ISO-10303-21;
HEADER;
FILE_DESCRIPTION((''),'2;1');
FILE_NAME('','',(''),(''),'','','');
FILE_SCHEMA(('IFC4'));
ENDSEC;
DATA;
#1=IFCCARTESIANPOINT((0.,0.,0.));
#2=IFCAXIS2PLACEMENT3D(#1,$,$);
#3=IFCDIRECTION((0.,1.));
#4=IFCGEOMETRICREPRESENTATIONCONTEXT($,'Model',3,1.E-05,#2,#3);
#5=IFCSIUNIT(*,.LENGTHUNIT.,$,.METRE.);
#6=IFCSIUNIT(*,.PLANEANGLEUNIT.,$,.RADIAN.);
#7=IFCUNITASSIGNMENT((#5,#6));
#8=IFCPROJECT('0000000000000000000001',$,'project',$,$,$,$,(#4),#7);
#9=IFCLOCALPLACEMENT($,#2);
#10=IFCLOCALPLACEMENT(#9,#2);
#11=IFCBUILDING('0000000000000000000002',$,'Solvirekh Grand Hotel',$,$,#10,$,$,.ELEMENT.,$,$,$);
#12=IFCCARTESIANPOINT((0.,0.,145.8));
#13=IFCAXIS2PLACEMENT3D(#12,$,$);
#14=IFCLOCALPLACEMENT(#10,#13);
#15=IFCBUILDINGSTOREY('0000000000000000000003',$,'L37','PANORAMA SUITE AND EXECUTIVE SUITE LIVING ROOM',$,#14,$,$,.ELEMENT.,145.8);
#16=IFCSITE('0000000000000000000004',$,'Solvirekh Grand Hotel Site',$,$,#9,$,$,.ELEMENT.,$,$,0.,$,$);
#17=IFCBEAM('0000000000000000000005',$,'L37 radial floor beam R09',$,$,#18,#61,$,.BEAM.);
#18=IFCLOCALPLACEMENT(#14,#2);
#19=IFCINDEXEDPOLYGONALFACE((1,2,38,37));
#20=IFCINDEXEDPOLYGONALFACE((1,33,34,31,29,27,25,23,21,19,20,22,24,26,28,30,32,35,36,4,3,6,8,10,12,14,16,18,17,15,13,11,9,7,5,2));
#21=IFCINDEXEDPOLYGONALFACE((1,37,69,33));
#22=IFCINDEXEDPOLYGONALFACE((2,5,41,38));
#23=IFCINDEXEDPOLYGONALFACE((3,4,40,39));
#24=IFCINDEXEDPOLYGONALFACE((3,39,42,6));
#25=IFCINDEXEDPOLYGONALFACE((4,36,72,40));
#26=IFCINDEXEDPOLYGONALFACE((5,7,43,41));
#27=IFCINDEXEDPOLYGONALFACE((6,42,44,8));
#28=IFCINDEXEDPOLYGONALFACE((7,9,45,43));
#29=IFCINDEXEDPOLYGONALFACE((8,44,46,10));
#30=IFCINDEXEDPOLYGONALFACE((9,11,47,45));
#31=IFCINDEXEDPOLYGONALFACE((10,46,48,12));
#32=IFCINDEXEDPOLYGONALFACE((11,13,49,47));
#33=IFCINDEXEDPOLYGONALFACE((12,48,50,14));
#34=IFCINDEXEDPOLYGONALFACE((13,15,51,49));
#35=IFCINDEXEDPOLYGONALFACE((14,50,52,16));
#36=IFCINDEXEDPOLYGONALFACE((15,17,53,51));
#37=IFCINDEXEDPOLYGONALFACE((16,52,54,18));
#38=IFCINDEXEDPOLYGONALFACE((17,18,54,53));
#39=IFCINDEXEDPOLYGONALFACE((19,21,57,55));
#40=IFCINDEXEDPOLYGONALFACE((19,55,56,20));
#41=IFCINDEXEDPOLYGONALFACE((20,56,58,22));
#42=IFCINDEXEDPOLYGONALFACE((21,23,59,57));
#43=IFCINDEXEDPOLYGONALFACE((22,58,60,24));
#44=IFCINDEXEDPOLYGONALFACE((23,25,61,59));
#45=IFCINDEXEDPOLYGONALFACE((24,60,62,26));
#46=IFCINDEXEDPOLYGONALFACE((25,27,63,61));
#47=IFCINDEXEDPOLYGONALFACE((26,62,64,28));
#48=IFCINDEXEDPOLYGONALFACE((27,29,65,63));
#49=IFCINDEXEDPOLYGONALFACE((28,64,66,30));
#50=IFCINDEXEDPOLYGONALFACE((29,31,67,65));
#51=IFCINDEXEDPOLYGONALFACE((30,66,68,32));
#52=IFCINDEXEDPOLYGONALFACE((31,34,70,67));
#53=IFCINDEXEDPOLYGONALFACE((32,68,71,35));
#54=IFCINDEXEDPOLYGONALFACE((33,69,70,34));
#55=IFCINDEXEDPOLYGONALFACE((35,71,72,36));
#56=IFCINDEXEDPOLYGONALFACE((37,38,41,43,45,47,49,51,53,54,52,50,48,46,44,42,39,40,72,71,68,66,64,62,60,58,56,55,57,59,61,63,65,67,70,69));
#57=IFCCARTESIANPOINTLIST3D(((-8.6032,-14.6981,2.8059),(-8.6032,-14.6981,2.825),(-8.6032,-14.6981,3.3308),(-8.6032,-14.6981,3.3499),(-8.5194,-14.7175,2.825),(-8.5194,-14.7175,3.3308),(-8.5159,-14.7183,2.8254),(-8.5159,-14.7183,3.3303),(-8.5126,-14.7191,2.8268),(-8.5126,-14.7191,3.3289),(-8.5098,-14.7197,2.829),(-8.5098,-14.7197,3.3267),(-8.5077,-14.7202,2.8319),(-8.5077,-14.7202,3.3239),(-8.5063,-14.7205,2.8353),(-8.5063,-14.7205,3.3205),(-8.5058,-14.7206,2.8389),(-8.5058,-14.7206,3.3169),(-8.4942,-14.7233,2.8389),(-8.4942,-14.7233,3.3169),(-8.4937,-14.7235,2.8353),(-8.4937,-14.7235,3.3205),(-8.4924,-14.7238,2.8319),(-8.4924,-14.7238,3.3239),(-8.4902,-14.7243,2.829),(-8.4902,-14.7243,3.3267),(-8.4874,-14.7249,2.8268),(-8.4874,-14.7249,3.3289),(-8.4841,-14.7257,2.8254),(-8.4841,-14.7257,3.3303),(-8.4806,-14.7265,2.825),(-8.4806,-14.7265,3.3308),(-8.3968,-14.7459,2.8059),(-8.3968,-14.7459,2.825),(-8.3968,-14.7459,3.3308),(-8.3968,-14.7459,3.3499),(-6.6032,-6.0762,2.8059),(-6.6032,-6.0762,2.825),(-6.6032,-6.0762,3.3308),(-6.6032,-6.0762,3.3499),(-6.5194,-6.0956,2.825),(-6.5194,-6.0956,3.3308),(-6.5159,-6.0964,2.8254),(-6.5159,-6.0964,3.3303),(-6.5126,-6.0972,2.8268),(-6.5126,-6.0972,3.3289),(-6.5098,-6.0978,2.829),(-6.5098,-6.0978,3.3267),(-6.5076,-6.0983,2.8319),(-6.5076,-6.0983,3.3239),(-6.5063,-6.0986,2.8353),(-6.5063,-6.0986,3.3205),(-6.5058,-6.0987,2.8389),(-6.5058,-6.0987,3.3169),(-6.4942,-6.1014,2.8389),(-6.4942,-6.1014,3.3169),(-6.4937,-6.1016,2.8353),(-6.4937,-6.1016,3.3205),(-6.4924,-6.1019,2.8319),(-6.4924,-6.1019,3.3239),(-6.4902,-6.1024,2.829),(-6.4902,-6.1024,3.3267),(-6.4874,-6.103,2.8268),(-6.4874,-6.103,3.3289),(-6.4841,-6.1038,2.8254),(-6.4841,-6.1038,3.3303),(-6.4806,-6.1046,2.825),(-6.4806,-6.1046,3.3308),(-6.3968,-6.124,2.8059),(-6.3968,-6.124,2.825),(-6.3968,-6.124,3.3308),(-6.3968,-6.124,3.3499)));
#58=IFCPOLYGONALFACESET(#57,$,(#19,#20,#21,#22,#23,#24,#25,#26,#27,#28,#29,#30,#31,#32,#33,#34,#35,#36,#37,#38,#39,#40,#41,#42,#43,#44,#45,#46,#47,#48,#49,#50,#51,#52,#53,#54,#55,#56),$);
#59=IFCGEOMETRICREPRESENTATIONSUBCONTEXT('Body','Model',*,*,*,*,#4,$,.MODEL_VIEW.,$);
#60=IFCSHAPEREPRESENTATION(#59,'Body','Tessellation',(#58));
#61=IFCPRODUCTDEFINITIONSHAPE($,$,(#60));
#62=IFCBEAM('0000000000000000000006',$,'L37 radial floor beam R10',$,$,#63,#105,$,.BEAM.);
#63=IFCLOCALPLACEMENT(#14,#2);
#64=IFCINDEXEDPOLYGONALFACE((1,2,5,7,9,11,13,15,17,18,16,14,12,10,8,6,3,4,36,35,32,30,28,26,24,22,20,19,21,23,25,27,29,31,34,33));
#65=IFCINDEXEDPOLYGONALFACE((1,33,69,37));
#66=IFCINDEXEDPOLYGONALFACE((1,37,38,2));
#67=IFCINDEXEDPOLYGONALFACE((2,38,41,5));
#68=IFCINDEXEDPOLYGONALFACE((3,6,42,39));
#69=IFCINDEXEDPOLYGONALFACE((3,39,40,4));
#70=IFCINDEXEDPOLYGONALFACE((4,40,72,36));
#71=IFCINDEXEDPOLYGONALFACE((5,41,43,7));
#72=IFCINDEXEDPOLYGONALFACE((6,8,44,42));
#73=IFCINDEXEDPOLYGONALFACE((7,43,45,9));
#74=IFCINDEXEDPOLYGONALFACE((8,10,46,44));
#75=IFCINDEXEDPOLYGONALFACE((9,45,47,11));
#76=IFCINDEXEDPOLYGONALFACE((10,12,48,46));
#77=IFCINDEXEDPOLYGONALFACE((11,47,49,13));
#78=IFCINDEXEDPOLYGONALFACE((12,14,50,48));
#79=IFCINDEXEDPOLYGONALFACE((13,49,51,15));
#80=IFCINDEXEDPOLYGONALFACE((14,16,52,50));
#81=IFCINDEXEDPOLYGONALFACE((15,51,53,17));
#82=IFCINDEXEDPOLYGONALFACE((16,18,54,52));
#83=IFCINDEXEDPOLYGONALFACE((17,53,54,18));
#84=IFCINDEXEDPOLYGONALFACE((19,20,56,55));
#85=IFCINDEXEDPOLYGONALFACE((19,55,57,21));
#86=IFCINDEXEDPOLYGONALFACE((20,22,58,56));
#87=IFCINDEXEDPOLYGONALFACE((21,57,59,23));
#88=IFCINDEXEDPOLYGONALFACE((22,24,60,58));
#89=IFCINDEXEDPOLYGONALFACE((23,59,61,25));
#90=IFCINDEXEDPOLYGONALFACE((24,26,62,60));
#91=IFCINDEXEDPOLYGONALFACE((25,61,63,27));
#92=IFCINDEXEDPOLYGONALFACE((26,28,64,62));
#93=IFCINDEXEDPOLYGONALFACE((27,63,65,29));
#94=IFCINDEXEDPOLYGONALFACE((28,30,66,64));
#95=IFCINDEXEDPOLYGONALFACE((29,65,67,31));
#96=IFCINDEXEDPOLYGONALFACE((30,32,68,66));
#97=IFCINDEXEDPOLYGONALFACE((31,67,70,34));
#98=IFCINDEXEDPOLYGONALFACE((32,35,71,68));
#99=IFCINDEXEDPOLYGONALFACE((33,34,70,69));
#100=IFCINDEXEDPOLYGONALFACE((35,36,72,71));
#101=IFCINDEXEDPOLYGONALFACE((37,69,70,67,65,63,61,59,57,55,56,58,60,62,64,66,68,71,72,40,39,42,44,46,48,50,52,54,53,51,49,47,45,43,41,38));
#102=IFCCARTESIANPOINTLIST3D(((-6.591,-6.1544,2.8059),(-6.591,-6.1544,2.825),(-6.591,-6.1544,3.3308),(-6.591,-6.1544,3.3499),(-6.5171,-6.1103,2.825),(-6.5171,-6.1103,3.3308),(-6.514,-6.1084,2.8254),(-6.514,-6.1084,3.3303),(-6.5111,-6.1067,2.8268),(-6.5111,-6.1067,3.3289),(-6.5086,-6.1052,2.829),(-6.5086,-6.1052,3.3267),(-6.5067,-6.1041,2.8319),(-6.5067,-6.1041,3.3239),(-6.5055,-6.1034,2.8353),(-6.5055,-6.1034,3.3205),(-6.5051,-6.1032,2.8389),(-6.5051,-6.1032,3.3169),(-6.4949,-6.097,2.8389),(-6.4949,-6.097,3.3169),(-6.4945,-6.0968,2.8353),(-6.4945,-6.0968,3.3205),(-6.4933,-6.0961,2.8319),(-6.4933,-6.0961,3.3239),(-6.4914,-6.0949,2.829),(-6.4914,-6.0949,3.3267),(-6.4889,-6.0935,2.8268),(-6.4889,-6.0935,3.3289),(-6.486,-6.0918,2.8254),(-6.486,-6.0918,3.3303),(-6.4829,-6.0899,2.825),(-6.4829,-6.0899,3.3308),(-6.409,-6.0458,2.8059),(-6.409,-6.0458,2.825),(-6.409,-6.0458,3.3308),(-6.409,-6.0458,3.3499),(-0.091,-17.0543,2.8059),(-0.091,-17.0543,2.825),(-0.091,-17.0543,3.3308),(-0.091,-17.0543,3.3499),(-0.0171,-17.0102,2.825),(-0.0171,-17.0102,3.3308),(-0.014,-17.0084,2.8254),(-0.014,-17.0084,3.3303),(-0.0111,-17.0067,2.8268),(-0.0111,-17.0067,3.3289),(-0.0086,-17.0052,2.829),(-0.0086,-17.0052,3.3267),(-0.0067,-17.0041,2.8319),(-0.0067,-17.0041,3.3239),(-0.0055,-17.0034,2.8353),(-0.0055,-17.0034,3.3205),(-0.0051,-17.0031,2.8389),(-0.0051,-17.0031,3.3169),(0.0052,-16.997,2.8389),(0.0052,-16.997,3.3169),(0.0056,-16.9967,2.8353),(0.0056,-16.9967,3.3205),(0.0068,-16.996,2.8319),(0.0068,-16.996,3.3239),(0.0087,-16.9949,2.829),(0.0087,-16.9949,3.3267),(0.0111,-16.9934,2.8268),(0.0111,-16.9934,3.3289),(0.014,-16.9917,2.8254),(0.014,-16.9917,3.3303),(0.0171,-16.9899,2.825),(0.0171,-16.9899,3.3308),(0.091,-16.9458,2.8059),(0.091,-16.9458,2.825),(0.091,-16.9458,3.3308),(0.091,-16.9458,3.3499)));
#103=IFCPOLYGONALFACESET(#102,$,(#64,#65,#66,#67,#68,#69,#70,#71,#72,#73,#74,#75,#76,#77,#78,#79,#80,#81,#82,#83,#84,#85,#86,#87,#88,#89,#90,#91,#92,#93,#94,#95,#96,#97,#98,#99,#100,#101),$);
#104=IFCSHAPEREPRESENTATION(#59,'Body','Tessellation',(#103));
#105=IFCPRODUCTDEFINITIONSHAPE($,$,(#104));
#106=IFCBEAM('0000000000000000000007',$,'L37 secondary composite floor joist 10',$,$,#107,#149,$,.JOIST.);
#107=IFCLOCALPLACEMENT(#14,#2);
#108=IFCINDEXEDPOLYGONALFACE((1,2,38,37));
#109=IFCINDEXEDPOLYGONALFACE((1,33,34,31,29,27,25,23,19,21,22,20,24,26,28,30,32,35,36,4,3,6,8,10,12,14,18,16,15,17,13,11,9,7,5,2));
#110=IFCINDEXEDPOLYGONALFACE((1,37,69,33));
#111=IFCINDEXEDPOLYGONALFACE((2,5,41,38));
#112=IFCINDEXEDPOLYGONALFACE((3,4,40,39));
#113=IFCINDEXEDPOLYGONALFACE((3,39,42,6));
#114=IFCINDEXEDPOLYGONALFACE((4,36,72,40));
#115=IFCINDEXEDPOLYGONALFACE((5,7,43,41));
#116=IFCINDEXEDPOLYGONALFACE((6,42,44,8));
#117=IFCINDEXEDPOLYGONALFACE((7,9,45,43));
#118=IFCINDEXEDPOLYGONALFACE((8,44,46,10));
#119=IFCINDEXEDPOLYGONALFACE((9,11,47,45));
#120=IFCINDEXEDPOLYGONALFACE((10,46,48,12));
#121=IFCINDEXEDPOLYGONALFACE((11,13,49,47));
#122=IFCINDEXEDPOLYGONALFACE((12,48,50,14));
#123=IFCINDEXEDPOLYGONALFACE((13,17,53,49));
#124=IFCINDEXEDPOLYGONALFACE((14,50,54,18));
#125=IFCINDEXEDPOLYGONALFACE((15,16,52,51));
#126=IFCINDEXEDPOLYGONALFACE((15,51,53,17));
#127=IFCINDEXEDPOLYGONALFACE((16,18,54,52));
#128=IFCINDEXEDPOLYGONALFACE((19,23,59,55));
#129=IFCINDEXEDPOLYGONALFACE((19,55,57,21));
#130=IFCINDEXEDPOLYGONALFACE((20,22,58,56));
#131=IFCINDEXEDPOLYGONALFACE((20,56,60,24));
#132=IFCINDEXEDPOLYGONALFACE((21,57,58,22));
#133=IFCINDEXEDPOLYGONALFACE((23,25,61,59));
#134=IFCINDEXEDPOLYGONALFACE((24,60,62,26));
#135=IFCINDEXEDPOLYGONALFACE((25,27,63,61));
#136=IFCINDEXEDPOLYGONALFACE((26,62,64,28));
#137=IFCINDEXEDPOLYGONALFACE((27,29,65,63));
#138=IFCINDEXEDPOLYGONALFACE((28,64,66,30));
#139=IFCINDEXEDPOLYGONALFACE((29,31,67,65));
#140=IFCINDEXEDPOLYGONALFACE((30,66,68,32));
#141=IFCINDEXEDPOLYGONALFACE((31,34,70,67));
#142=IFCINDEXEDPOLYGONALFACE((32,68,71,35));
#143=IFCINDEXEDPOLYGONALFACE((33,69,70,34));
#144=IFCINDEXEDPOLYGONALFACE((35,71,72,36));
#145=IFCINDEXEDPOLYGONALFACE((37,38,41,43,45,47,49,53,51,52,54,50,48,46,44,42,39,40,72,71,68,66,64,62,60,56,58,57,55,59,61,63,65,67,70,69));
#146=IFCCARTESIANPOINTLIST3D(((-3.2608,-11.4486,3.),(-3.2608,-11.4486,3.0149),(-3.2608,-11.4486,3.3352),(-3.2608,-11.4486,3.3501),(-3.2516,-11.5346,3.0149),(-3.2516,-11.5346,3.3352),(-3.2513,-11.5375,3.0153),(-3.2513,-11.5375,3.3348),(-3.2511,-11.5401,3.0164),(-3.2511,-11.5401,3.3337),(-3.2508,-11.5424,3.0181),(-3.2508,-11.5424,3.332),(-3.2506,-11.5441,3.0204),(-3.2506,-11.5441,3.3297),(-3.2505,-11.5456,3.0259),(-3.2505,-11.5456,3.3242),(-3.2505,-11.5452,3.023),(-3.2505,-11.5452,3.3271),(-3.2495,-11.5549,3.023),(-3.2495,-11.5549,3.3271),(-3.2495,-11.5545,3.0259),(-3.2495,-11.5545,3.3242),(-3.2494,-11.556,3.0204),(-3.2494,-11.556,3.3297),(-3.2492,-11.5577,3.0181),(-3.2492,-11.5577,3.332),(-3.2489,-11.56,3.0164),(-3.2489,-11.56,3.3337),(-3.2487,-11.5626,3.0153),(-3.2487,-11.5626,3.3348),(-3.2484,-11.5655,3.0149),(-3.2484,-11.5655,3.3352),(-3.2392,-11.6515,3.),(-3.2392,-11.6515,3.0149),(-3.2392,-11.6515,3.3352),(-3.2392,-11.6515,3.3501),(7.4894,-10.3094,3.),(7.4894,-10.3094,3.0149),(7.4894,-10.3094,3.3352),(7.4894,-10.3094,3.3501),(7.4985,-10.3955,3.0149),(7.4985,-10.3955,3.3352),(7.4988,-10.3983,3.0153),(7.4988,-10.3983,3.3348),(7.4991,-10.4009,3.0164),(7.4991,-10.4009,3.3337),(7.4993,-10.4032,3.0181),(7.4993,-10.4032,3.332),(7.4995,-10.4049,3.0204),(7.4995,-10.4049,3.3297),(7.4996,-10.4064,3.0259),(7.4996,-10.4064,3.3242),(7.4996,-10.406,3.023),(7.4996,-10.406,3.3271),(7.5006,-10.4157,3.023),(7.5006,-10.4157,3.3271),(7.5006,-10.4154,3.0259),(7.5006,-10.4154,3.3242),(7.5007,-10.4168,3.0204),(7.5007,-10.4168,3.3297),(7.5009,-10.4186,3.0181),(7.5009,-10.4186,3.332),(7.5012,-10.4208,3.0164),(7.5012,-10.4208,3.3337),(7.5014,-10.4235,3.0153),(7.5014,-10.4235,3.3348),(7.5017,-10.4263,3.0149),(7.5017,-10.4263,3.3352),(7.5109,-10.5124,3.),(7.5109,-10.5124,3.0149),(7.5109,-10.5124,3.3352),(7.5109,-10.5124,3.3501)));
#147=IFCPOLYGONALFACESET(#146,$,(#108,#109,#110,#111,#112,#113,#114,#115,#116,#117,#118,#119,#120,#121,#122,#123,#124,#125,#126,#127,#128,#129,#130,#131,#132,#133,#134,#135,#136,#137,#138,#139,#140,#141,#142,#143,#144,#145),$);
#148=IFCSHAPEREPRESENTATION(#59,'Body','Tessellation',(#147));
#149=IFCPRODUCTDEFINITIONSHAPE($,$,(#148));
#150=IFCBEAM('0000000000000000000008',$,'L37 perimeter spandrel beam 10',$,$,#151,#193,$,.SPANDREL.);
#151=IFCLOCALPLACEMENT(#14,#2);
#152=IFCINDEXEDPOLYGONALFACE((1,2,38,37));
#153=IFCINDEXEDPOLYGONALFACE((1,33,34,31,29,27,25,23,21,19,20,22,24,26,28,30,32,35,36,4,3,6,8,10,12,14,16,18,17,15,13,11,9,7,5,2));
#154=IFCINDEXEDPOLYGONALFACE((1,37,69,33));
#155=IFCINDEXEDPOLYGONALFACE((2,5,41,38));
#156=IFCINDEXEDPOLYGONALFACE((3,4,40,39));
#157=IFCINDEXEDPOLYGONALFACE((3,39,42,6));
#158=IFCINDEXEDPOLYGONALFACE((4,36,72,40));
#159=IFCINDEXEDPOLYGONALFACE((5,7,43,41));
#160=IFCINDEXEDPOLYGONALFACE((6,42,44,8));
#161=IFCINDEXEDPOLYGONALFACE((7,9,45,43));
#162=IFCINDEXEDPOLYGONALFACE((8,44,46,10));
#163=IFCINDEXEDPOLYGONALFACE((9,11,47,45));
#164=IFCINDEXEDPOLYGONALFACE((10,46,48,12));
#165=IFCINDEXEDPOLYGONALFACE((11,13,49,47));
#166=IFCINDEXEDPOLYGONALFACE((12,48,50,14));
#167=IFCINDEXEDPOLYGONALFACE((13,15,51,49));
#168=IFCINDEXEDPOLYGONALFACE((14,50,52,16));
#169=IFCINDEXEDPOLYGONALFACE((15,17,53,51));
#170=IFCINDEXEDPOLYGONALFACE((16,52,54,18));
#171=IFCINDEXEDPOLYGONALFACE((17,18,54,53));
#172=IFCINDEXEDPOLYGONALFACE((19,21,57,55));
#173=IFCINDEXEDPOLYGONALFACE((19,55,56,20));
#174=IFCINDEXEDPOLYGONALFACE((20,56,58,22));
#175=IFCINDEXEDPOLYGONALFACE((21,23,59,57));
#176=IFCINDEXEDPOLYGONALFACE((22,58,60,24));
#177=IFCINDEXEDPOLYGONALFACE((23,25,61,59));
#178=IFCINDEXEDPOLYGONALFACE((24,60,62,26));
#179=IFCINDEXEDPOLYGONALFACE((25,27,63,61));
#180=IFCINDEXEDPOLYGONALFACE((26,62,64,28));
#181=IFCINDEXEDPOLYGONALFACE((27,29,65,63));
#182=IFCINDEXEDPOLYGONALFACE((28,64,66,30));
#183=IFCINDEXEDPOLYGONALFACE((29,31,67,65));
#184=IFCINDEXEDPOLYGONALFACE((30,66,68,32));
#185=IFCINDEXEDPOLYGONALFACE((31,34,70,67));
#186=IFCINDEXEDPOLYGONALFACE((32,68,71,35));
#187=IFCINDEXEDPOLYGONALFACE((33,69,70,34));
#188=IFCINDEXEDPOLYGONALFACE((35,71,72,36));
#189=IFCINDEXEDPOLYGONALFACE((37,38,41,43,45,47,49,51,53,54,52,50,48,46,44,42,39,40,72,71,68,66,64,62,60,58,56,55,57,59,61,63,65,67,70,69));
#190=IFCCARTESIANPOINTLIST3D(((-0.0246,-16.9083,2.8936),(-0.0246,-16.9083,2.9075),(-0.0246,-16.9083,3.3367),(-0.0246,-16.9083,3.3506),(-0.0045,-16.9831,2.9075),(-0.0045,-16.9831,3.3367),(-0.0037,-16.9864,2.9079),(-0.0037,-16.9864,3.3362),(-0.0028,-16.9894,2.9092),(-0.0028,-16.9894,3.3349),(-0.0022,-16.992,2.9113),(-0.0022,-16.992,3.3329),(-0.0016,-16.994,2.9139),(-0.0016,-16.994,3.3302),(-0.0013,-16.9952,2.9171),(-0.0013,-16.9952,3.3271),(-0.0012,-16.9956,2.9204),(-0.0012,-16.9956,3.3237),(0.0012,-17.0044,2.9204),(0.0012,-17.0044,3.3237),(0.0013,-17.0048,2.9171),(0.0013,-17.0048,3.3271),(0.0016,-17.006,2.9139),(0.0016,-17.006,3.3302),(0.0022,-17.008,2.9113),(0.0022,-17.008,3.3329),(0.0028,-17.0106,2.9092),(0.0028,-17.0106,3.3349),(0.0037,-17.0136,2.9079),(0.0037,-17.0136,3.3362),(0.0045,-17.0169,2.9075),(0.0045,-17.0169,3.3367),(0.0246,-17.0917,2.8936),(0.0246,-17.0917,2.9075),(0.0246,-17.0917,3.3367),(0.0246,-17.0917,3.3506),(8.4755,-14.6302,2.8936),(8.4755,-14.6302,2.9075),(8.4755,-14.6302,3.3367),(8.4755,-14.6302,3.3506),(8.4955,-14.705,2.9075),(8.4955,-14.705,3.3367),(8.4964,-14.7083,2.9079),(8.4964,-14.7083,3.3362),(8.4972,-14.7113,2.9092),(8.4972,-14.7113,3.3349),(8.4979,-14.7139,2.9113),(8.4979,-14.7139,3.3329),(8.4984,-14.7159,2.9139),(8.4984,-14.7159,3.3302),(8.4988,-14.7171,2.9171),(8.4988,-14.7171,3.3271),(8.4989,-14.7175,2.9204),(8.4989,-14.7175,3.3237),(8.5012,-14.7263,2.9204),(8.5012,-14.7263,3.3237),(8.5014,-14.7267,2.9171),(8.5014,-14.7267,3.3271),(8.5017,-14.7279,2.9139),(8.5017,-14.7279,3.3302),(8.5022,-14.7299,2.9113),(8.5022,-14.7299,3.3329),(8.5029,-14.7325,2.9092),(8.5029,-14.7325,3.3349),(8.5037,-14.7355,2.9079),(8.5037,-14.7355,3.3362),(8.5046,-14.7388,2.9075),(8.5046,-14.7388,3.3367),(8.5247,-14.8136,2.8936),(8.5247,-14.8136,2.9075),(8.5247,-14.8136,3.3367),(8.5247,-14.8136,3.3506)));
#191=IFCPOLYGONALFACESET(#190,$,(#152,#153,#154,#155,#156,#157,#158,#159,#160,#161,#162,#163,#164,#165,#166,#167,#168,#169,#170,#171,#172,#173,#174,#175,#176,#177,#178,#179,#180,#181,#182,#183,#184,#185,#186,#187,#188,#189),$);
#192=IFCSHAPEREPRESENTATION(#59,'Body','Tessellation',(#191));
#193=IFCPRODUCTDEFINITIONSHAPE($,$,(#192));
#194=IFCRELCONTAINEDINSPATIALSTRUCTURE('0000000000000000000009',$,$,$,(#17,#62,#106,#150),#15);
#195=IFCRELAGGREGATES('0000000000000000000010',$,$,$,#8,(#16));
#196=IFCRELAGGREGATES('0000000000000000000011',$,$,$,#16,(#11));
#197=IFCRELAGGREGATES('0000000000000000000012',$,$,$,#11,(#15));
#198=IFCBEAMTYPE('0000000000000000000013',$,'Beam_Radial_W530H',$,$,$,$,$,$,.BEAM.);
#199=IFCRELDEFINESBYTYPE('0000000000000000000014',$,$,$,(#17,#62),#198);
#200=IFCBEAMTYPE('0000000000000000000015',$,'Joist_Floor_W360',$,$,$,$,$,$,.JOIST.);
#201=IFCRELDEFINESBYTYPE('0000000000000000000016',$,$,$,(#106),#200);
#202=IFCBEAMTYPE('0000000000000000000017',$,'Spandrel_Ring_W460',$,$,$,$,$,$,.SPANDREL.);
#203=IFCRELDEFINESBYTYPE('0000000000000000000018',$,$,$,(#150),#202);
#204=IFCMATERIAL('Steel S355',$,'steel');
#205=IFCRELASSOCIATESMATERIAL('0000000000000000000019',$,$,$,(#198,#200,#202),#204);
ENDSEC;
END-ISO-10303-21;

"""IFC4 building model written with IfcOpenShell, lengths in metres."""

from ifc_helpers import new_model, si_unit, direction, frame, origin, origin_2d, place, context, subcontext, project, spatial, i_section, extrude, material, material_profile, profile_set, type_object, element, save


model = new_model("IFC4")

# Units and contexts
model_context = context("Model", 3, precision=1e-05, world=origin(), true_north=direction((0.0, 1.0)))
body_context = subcontext(model_context, "Body", "Model", "MODEL_VIEW")
ifc_project = project(units=[si_unit("LENGTHUNIT", "METRE"), si_unit("PLANEANGLEUNIT", "RADIAN")], contexts=[model_context])

# Site, building, storey
site_placement = place(None, origin())
site = spatial("IfcSite", under=ifc_project, at=site_placement, Name="Solvirekh Grand Hotel Site", CompositionType="ELEMENT", RefElevation=0.0)
building_placement = place(site_placement, origin())
building = spatial("IfcBuilding", under=site, at=building_placement, Name="Solvirekh Grand Hotel", CompositionType="ELEMENT")
storey_placement = place(building_placement, frame((0.0, 0.0, 145.8)))
storey = spatial("IfcBuildingStorey", under=building, at=storey_placement, Name="L37", Description="PANORAMA SUITE AND EXECUTIVE SUITE LIVING ROOM", CompositionType="ELEMENT", Elevation=145.8)

# Beams
ifc_material_1 = material(Name="Steel S355", Category="steel")
ifc_material_profile_1 = material_profile(ifc_material_1, i_section(OverallWidth=0.2119, OverallDepth=0.5439, WebThickness=0.012, FlangeThickness=0.019, FilletRadius=0.0139, at=origin_2d()), Name="W530X123")
ifc_profile_set_1 = profile_set([ifc_material_profile_1], Name="Steel S355")
beam_type_1 = type_object("IfcBeamType", Name="Beam_Radial_W530H", PredefinedType="BEAM", material=ifc_profile_set_1)
beam_1_placement = place(storey_placement, frame((-6.5, -6.1001, 3.0779), z_axis=(-0.225969, -0.974134, 0.0), x_axis=(0.974134, -0.225969, 0.0)))
element("IfcBeam", 1, at=beam_1_placement, inside=storey, type_object=beam_type_1, Name="L37 radial floor beam R09", PredefinedType="BEAM", context=body_context, shape_type="SweptSolid", body=[
    extrude(i_section(OverallWidth=0.2119, OverallDepth=0.5439, WebThickness=0.012, FlangeThickness=0.019, FilletRadius=0.0139, at=origin_2d()), origin(), (0.0, 0.0, 1.0), 8.8508),
])
beam_2_placement = place(storey_placement, frame((-6.5, -6.1001, 3.0779), z_axis=(0.51218, -0.858878, 0.0), x_axis=(0.858878, 0.51218, 0.0)))
element("IfcBeam", 2, at=beam_2_placement, inside=storey, type_object=beam_type_1, Name="L37 radial floor beam R10", PredefinedType="BEAM", context=body_context, shape_type="SweptSolid", body=[
    extrude(i_section(OverallWidth=0.2119, OverallDepth=0.5439, WebThickness=0.012, FlangeThickness=0.019, FilletRadius=0.0139, at=origin_2d()), origin(), (0.0, 0.0, 1.0), 12.6909),
])
ifc_material_profile_2 = material_profile(ifc_material_1, i_section(OverallWidth=0.2041, OverallDepth=0.3501, WebThickness=0.009, FlangeThickness=0.0149, FilletRadius=0.011, at=origin_2d()), Name="W360X72")
ifc_profile_set_2 = profile_set([ifc_material_profile_2], Name="Steel S355")
beam_type_2 = type_object("IfcBeamType", Name="Joist_Floor_W360", PredefinedType="JOIST", material=ifc_profile_set_2)
beam_3_placement = place(storey_placement, frame((-3.25, -11.55, 3.175), z_axis=(0.994432, 0.105378, 0.0), x_axis=(-0.105378, 0.994432, 0.0)))
element("IfcBeam", 3, at=beam_3_placement, inside=storey, type_object=beam_type_2, Name="L37 secondary composite floor joist 10", PredefinedType="JOIST", context=body_context, shape_type="SweptSolid", body=[
    extrude(i_section(OverallWidth=0.2041, OverallDepth=0.3501, WebThickness=0.009, FlangeThickness=0.0149, FilletRadius=0.011, at=origin_2d()), origin(), (0.0, 0.0, 1.0), 10.8103),
])
ifc_material_profile_3 = material_profile(ifc_material_1, i_section(OverallWidth=0.1899, OverallDepth=0.457, WebThickness=0.009, FlangeThickness=0.0139, FilletRadius=0.0129, at=origin_2d()), Name="W460X74")
ifc_profile_set_3 = profile_set([ifc_material_profile_3], Name="Steel S355")
beam_type_3 = type_object("IfcBeamType", Name="Spandrel_Ring_W460", PredefinedType="SPANDREL", material=ifc_profile_set_3)
beam_4_placement = place(storey_placement, frame((0.0, -17.0, 3.1221), z_axis=(0.965911, 0.258873, 0.0), x_axis=(-0.258873, 0.965911, 0.0)))
element("IfcBeam", 4, at=beam_4_placement, inside=storey, type_object=beam_type_3, Name="L37 perimeter spandrel beam 10", PredefinedType="SPANDREL", context=body_context, shape_type="SweptSolid", body=[
    extrude(i_section(OverallWidth=0.1899, OverallDepth=0.457, WebThickness=0.009, FlangeThickness=0.0139, FilletRadius=0.0129, at=origin_2d()), origin(), (0.0, 0.0, 1.0), 8.8),
])

save(model, "model.ifc")
